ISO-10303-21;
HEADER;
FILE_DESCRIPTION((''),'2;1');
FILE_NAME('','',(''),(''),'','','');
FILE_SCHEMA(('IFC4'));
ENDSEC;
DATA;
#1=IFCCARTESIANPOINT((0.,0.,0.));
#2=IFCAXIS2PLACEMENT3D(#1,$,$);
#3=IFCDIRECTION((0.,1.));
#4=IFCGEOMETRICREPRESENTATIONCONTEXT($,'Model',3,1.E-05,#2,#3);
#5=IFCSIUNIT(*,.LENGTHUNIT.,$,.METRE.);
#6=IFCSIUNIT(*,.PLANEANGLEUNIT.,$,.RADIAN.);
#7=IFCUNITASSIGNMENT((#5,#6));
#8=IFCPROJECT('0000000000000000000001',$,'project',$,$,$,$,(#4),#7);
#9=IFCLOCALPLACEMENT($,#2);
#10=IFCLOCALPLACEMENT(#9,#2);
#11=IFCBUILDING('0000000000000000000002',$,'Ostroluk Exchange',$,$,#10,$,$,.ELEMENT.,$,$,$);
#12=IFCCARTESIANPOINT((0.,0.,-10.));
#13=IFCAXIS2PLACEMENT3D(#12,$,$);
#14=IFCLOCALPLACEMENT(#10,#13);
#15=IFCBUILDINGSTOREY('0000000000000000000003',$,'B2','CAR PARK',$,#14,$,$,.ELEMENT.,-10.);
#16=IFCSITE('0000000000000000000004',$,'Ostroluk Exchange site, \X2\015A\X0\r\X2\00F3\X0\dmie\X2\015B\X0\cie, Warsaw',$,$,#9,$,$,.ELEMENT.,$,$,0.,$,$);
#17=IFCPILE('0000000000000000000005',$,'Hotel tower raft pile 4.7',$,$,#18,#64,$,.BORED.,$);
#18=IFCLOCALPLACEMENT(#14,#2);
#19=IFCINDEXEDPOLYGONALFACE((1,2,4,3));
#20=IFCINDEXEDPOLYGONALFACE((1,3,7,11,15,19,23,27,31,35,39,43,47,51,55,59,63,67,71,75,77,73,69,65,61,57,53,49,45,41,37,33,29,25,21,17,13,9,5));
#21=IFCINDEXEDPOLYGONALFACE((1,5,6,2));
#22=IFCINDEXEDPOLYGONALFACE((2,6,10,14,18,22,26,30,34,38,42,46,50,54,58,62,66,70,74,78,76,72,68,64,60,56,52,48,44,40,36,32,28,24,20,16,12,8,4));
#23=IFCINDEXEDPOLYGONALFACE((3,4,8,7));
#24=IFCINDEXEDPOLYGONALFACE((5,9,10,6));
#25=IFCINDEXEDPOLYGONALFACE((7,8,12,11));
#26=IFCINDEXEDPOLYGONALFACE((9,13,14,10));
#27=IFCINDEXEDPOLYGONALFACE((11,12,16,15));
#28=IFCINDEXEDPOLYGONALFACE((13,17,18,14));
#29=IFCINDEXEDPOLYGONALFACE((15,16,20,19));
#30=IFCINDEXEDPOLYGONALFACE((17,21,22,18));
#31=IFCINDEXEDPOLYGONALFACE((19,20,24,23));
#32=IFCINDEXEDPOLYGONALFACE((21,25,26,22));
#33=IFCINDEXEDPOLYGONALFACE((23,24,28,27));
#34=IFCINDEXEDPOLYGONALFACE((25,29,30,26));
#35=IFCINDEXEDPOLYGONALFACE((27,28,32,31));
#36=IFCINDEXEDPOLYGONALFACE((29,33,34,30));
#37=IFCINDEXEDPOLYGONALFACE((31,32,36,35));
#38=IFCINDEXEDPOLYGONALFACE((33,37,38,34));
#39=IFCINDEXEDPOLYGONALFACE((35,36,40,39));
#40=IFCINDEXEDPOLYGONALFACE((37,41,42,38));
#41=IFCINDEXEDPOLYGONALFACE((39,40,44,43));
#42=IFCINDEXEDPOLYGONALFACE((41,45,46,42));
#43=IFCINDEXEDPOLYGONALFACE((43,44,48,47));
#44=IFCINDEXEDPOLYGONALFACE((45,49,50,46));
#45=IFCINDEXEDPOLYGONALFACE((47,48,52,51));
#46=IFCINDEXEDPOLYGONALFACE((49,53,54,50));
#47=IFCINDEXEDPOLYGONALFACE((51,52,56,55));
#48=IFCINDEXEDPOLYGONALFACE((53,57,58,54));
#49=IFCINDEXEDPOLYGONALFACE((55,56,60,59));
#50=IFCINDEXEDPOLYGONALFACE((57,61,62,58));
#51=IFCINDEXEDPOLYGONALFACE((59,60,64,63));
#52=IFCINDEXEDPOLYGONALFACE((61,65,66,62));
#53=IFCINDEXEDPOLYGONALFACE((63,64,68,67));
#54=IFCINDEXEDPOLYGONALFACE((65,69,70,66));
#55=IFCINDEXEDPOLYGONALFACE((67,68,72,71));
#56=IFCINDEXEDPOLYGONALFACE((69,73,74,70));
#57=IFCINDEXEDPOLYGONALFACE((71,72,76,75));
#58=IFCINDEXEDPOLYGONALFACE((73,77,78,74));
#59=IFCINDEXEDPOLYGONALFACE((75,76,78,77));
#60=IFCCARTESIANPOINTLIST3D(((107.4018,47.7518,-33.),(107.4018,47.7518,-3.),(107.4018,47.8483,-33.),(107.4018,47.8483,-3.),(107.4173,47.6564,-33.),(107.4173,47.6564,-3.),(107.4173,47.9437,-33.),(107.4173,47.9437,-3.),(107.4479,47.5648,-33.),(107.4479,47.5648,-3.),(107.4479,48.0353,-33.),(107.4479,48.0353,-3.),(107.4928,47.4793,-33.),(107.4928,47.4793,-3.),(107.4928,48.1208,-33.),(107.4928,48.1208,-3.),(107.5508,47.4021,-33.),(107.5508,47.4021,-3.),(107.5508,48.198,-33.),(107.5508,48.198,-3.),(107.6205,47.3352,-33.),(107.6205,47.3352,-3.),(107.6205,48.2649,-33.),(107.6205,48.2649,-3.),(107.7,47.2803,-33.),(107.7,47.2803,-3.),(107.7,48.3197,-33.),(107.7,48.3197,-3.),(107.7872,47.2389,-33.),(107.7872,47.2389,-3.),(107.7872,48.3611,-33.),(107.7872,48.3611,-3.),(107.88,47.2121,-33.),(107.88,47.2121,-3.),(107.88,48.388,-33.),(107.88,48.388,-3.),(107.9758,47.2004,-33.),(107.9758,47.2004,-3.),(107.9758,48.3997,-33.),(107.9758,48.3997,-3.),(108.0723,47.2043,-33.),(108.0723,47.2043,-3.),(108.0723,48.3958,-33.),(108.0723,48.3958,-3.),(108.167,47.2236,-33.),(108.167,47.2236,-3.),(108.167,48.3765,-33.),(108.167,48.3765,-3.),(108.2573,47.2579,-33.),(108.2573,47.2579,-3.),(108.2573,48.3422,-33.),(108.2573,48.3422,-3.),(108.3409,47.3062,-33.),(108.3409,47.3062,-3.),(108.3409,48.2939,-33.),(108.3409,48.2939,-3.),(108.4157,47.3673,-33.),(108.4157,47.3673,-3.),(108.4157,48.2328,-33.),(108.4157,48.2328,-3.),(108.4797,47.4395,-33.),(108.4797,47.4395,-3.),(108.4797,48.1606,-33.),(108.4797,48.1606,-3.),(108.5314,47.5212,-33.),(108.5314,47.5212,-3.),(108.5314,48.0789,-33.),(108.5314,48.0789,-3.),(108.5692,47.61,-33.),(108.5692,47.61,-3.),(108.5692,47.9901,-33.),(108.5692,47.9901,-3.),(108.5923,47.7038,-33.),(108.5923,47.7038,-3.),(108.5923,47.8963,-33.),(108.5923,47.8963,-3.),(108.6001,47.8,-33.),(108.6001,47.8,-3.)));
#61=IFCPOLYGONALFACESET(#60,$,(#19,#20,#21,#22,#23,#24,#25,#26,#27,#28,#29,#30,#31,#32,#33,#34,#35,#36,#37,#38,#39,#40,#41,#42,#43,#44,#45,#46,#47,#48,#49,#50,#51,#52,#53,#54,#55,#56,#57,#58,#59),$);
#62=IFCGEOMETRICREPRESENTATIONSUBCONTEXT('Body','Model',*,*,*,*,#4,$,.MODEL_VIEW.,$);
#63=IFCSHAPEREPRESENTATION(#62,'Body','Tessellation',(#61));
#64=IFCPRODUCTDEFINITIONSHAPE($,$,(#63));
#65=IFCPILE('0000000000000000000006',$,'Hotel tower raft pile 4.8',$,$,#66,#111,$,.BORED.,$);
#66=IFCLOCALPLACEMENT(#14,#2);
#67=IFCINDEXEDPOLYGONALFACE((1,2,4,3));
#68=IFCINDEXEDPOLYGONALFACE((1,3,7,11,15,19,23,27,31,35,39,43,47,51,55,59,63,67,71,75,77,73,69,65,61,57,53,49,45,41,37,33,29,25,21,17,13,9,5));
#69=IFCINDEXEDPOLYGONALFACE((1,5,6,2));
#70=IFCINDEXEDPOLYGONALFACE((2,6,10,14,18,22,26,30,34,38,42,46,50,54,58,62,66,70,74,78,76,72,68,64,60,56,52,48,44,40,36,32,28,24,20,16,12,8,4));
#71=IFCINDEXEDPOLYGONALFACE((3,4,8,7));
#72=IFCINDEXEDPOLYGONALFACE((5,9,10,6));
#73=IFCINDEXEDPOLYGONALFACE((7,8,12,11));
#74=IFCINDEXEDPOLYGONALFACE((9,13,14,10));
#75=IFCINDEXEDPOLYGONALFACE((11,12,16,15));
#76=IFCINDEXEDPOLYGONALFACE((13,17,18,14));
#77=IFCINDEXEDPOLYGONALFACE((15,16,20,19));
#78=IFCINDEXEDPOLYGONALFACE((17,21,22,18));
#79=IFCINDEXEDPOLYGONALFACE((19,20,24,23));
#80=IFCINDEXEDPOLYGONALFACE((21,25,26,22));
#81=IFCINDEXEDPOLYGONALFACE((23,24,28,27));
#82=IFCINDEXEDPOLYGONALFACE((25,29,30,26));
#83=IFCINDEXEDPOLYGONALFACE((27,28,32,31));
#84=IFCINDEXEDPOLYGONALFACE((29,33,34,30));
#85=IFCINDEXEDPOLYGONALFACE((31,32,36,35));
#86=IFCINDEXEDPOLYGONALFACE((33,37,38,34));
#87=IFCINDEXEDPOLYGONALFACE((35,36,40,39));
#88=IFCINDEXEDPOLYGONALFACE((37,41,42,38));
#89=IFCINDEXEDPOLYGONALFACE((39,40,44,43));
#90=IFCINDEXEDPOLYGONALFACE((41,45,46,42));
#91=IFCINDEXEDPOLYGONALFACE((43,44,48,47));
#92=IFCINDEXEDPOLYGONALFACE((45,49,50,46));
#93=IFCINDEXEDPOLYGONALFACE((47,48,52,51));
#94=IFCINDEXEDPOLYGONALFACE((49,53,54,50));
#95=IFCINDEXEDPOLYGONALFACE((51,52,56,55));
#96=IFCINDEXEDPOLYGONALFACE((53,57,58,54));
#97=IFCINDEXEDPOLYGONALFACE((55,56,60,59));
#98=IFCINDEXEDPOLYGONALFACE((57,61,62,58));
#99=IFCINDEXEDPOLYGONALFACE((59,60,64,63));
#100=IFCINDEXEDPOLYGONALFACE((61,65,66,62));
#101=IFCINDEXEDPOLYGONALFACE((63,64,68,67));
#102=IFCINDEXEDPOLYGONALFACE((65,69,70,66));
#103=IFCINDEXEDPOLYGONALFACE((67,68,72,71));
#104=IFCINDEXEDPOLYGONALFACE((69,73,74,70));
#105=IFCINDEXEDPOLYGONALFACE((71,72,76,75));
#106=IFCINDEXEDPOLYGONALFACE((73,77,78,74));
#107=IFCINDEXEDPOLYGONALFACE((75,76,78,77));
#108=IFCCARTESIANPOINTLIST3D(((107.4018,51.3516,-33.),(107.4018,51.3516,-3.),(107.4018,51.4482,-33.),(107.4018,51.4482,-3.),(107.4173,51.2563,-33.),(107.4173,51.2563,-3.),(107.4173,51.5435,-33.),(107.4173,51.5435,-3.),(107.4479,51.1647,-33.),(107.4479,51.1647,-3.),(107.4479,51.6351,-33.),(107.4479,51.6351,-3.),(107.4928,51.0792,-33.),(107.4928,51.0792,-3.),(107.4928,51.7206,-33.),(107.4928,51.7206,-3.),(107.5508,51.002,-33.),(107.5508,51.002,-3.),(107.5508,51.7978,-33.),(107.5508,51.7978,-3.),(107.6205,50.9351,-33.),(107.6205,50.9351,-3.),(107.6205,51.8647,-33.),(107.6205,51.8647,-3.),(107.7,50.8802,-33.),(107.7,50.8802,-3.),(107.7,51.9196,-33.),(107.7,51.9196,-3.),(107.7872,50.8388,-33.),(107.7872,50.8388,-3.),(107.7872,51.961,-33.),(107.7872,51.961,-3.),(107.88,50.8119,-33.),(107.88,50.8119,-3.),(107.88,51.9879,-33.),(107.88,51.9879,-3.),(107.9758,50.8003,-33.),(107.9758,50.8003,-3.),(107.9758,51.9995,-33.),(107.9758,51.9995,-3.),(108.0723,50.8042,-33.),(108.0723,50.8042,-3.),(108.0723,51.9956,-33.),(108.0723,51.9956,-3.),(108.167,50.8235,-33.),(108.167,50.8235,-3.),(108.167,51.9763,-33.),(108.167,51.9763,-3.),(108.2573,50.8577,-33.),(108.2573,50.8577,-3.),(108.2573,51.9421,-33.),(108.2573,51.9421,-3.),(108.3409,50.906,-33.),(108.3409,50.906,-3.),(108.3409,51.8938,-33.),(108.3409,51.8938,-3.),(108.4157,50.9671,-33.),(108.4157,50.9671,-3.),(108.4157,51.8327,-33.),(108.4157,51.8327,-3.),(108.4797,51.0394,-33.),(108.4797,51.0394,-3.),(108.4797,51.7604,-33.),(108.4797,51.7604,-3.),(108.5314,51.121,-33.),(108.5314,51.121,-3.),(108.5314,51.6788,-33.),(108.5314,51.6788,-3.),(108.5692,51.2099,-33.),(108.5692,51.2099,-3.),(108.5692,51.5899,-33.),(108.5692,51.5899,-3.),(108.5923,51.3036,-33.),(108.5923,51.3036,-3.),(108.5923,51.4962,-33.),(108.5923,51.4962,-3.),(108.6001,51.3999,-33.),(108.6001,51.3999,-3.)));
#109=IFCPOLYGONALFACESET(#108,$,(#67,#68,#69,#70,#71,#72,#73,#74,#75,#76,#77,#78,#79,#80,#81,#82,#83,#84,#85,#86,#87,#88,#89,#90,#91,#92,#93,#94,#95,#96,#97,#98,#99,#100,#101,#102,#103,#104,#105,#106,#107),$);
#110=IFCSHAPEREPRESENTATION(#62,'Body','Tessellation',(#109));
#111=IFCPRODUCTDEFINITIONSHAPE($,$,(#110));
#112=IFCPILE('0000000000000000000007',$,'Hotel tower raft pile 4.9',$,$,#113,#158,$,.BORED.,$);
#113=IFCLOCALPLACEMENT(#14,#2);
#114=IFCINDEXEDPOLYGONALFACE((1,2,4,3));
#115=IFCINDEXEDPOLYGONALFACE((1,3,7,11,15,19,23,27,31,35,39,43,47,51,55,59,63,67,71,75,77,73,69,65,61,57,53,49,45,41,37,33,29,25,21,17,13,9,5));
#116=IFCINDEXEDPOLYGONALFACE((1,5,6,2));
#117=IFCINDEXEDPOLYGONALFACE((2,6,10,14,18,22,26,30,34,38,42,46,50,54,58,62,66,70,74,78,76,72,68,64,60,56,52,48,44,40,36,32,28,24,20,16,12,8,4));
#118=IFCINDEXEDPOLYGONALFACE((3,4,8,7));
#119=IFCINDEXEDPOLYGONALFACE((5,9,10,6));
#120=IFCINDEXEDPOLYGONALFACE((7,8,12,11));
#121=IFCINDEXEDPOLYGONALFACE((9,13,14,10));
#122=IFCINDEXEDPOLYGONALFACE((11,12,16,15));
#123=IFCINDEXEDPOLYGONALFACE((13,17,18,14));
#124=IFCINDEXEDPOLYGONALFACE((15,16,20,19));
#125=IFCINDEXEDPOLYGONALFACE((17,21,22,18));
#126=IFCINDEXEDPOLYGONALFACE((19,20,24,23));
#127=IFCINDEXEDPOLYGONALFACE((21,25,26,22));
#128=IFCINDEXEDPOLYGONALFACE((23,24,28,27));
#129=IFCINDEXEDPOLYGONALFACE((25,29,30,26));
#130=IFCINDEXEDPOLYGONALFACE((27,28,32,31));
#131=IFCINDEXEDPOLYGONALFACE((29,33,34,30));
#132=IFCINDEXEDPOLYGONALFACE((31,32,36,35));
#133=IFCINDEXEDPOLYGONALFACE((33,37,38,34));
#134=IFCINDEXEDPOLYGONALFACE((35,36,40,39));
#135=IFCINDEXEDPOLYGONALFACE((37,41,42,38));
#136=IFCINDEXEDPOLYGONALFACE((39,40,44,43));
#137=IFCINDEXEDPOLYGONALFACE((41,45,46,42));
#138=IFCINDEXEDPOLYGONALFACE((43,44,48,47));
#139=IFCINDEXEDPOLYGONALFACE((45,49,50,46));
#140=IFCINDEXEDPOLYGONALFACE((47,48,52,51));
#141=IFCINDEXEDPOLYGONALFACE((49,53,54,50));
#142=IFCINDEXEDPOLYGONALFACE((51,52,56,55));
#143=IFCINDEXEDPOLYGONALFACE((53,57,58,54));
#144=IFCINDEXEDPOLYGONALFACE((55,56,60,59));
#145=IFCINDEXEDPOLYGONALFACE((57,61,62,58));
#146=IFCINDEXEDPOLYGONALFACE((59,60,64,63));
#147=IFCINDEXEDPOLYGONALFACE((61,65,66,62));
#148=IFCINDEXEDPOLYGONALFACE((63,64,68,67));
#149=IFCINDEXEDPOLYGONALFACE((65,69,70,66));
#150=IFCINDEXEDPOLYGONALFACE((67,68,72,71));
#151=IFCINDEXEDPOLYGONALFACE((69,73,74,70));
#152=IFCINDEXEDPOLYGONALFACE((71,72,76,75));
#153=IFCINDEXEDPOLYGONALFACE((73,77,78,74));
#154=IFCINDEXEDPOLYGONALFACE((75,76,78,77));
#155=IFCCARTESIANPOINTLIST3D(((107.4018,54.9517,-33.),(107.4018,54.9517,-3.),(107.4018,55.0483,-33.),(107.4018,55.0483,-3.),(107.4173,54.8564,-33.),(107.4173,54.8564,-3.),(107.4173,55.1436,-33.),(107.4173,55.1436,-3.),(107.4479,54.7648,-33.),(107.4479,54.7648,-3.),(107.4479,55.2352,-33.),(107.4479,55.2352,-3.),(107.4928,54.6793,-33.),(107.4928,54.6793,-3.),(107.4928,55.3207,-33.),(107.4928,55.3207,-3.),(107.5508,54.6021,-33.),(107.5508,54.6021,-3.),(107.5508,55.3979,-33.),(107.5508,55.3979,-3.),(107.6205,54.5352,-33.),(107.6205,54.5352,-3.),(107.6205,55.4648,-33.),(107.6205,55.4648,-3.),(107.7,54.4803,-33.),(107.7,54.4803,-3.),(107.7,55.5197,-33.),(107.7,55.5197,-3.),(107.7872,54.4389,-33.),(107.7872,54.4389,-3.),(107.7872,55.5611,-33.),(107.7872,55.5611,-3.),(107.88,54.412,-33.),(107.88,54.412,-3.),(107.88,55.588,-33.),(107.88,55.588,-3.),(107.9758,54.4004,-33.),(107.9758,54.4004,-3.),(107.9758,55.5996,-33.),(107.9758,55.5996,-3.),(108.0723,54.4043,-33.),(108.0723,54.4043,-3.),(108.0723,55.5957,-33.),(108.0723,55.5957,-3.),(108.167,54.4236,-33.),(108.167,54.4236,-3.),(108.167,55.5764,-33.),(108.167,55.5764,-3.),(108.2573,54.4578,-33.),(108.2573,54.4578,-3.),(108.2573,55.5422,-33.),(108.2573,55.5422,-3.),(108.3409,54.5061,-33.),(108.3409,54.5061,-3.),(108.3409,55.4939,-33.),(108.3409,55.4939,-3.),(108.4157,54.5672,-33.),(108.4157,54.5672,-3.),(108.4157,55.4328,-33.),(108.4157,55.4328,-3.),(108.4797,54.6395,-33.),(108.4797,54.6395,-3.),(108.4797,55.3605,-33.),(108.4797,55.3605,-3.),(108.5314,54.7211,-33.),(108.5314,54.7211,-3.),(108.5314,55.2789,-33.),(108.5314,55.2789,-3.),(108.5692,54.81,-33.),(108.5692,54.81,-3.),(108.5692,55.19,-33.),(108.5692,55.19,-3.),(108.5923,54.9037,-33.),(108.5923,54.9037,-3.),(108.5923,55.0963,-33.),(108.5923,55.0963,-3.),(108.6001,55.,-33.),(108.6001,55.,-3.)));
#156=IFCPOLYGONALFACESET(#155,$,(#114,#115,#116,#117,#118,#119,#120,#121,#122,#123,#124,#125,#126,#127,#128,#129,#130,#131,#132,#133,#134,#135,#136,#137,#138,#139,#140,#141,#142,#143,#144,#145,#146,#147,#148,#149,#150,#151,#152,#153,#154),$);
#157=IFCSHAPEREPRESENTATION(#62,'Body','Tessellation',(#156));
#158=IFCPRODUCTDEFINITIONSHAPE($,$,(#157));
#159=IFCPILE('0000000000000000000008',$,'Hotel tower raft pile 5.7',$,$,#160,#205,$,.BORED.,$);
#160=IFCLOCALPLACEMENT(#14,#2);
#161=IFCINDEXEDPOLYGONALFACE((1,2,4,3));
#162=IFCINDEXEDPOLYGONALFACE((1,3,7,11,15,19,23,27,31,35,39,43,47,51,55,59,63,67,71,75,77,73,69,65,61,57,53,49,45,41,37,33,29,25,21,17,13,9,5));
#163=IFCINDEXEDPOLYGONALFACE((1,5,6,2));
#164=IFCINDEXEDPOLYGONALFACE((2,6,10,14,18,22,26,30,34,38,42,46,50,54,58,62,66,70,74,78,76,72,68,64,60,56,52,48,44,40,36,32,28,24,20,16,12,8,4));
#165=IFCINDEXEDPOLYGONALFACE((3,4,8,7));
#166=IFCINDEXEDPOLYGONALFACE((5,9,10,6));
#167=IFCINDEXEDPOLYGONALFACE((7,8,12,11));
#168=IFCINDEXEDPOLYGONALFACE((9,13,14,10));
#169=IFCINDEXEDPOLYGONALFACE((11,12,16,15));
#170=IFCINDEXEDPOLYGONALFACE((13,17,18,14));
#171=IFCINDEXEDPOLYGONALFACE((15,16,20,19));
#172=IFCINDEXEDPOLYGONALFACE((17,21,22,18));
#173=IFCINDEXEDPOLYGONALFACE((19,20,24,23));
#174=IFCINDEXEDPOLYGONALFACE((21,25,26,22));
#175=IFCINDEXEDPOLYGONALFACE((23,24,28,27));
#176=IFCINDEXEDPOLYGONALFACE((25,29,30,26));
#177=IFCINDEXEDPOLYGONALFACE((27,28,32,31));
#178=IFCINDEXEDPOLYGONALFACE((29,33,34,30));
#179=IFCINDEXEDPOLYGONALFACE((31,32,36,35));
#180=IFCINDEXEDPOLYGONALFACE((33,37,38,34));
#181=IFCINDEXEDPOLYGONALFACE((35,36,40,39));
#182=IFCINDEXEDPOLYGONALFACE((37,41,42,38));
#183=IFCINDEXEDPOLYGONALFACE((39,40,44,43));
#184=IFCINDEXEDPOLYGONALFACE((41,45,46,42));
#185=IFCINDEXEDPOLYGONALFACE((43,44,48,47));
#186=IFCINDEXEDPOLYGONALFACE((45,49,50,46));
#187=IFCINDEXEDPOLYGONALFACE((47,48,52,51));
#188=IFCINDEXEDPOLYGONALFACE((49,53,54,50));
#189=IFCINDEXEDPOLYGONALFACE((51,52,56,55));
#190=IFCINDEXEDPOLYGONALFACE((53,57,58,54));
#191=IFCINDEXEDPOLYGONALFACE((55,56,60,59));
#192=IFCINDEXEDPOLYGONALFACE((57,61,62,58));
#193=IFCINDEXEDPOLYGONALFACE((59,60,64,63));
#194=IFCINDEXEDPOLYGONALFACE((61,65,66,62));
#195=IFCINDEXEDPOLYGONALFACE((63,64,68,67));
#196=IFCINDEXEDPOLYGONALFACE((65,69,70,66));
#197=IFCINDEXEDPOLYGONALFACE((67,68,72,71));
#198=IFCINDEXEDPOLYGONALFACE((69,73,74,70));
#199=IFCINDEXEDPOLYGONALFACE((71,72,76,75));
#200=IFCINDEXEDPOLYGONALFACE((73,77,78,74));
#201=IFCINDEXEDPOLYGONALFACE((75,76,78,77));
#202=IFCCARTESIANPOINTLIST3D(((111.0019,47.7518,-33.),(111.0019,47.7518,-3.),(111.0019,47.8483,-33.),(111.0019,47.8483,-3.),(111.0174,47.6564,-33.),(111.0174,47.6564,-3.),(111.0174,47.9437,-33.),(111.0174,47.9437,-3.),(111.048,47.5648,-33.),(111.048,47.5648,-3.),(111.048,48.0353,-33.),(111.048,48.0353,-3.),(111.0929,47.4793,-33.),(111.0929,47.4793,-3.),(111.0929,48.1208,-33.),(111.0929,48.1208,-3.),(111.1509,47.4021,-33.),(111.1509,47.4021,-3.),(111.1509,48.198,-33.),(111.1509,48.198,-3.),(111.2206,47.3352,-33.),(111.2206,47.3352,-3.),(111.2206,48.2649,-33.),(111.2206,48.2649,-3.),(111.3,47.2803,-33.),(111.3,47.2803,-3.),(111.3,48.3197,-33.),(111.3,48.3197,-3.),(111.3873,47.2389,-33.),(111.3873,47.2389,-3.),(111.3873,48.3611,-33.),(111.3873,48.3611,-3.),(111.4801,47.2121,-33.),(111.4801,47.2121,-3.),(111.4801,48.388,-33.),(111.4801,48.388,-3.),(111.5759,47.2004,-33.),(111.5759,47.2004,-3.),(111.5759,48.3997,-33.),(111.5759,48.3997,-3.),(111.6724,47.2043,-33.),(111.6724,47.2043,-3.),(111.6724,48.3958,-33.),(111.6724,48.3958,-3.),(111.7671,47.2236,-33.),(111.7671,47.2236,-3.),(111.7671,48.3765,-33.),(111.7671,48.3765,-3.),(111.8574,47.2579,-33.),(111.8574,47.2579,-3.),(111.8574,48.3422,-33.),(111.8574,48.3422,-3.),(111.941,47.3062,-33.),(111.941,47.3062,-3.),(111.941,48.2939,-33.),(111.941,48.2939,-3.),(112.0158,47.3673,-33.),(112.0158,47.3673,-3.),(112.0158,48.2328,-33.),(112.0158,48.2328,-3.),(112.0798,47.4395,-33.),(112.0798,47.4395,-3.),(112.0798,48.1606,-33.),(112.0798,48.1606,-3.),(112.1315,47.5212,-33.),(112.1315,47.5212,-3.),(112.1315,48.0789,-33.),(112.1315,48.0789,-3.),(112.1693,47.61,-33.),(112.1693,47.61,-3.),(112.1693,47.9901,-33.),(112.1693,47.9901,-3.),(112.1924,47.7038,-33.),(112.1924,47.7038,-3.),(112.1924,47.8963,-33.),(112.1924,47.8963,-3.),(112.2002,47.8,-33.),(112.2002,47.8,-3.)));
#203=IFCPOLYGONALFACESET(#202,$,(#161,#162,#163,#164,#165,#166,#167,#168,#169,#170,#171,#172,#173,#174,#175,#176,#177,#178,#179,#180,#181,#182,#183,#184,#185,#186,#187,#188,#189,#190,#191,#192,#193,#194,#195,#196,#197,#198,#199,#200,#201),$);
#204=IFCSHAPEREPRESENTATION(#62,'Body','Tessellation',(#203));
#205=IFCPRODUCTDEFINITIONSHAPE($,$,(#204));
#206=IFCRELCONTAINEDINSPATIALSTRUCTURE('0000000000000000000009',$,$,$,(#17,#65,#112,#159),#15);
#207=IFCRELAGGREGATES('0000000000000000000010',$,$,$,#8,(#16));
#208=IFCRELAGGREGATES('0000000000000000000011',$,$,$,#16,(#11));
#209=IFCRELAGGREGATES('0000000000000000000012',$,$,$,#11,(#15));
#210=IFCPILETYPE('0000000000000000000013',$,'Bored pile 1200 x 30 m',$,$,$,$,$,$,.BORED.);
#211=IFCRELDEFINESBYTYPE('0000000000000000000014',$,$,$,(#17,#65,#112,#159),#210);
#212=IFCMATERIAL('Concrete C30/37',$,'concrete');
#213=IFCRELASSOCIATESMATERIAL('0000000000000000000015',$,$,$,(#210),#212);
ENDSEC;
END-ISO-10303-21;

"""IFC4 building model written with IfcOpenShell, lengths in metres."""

from ifc_helpers import new_model, si_unit, direction, frame, origin, origin_2d, place, context, subcontext, project, spatial, circle, extrude, material, type_object, element, save


model = new_model("IFC4")

# Units and contexts
model_context = context("Model", 3, precision=1e-05, world=origin(), true_north=direction((0.0, 1.0)))
body_context = subcontext(model_context, "Body", "Model", "MODEL_VIEW")
ifc_project = project(units=[si_unit("LENGTHUNIT", "METRE"), si_unit("PLANEANGLEUNIT", "RADIAN")], contexts=[model_context])

# Site, building, storey
site_placement = place(None, origin())
site = spatial("IfcSite", under=ifc_project, at=site_placement, Name="Ostroluk Exchange site, Śródmieście, Warsaw", CompositionType="ELEMENT", RefElevation=0.0)
building_placement = place(site_placement, origin())
building = spatial("IfcBuilding", under=site, at=building_placement, Name="Ostroluk Exchange", CompositionType="ELEMENT")
storey_placement = place(building_placement, frame((0.0, 0.0, -10.0)))
storey = spatial("IfcBuildingStorey", under=building, at=storey_placement, Name="B2", Description="CAR PARK", CompositionType="ELEMENT", Elevation=-10.0)

# Piles
ifc_material_1 = material(Name="Concrete C30/37", Category="concrete")
pile_type = type_object("IfcPileType", Name="Bored pile 1200 x 30 m", PredefinedType="BORED", material=ifc_material_1)
for number, where, z_axis, x_axis, name in (
    (1, (108.0, 47.8, -3.0), (0.0, 0.0, -1.0), (1.0, 0.0, 0.0), "Hotel tower raft pile 4.7"),
    (2, (108.0, 51.3999, -3.0), (0.0, 0.0, -1.0), (1.0, 0.0, 0.0), "Hotel tower raft pile 4.8"),
    (3, (108.0, 55.0, -3.0), (0.0, 0.0, -1.0), (1.0, 0.0, 0.0), "Hotel tower raft pile 4.9"),
    (4, (111.6001, 47.8, -3.0), (0.0, 0.0, -1.0), (1.0, 0.0, 0.0), "Hotel tower raft pile 5.7"),
):
    element("IfcPile", number, at=place(storey_placement, frame(where, z_axis=z_axis, x_axis=x_axis)), inside=storey, type_object=pile_type, Name=name, PredefinedType="BORED", context=body_context, shape_type="SweptSolid", body=[
        extrude(circle(Radius=0.6001, at=origin_2d()), origin(), (0.0, 0.0, 1.0), 30.0),
    ])

save(model, "model.ifc")
